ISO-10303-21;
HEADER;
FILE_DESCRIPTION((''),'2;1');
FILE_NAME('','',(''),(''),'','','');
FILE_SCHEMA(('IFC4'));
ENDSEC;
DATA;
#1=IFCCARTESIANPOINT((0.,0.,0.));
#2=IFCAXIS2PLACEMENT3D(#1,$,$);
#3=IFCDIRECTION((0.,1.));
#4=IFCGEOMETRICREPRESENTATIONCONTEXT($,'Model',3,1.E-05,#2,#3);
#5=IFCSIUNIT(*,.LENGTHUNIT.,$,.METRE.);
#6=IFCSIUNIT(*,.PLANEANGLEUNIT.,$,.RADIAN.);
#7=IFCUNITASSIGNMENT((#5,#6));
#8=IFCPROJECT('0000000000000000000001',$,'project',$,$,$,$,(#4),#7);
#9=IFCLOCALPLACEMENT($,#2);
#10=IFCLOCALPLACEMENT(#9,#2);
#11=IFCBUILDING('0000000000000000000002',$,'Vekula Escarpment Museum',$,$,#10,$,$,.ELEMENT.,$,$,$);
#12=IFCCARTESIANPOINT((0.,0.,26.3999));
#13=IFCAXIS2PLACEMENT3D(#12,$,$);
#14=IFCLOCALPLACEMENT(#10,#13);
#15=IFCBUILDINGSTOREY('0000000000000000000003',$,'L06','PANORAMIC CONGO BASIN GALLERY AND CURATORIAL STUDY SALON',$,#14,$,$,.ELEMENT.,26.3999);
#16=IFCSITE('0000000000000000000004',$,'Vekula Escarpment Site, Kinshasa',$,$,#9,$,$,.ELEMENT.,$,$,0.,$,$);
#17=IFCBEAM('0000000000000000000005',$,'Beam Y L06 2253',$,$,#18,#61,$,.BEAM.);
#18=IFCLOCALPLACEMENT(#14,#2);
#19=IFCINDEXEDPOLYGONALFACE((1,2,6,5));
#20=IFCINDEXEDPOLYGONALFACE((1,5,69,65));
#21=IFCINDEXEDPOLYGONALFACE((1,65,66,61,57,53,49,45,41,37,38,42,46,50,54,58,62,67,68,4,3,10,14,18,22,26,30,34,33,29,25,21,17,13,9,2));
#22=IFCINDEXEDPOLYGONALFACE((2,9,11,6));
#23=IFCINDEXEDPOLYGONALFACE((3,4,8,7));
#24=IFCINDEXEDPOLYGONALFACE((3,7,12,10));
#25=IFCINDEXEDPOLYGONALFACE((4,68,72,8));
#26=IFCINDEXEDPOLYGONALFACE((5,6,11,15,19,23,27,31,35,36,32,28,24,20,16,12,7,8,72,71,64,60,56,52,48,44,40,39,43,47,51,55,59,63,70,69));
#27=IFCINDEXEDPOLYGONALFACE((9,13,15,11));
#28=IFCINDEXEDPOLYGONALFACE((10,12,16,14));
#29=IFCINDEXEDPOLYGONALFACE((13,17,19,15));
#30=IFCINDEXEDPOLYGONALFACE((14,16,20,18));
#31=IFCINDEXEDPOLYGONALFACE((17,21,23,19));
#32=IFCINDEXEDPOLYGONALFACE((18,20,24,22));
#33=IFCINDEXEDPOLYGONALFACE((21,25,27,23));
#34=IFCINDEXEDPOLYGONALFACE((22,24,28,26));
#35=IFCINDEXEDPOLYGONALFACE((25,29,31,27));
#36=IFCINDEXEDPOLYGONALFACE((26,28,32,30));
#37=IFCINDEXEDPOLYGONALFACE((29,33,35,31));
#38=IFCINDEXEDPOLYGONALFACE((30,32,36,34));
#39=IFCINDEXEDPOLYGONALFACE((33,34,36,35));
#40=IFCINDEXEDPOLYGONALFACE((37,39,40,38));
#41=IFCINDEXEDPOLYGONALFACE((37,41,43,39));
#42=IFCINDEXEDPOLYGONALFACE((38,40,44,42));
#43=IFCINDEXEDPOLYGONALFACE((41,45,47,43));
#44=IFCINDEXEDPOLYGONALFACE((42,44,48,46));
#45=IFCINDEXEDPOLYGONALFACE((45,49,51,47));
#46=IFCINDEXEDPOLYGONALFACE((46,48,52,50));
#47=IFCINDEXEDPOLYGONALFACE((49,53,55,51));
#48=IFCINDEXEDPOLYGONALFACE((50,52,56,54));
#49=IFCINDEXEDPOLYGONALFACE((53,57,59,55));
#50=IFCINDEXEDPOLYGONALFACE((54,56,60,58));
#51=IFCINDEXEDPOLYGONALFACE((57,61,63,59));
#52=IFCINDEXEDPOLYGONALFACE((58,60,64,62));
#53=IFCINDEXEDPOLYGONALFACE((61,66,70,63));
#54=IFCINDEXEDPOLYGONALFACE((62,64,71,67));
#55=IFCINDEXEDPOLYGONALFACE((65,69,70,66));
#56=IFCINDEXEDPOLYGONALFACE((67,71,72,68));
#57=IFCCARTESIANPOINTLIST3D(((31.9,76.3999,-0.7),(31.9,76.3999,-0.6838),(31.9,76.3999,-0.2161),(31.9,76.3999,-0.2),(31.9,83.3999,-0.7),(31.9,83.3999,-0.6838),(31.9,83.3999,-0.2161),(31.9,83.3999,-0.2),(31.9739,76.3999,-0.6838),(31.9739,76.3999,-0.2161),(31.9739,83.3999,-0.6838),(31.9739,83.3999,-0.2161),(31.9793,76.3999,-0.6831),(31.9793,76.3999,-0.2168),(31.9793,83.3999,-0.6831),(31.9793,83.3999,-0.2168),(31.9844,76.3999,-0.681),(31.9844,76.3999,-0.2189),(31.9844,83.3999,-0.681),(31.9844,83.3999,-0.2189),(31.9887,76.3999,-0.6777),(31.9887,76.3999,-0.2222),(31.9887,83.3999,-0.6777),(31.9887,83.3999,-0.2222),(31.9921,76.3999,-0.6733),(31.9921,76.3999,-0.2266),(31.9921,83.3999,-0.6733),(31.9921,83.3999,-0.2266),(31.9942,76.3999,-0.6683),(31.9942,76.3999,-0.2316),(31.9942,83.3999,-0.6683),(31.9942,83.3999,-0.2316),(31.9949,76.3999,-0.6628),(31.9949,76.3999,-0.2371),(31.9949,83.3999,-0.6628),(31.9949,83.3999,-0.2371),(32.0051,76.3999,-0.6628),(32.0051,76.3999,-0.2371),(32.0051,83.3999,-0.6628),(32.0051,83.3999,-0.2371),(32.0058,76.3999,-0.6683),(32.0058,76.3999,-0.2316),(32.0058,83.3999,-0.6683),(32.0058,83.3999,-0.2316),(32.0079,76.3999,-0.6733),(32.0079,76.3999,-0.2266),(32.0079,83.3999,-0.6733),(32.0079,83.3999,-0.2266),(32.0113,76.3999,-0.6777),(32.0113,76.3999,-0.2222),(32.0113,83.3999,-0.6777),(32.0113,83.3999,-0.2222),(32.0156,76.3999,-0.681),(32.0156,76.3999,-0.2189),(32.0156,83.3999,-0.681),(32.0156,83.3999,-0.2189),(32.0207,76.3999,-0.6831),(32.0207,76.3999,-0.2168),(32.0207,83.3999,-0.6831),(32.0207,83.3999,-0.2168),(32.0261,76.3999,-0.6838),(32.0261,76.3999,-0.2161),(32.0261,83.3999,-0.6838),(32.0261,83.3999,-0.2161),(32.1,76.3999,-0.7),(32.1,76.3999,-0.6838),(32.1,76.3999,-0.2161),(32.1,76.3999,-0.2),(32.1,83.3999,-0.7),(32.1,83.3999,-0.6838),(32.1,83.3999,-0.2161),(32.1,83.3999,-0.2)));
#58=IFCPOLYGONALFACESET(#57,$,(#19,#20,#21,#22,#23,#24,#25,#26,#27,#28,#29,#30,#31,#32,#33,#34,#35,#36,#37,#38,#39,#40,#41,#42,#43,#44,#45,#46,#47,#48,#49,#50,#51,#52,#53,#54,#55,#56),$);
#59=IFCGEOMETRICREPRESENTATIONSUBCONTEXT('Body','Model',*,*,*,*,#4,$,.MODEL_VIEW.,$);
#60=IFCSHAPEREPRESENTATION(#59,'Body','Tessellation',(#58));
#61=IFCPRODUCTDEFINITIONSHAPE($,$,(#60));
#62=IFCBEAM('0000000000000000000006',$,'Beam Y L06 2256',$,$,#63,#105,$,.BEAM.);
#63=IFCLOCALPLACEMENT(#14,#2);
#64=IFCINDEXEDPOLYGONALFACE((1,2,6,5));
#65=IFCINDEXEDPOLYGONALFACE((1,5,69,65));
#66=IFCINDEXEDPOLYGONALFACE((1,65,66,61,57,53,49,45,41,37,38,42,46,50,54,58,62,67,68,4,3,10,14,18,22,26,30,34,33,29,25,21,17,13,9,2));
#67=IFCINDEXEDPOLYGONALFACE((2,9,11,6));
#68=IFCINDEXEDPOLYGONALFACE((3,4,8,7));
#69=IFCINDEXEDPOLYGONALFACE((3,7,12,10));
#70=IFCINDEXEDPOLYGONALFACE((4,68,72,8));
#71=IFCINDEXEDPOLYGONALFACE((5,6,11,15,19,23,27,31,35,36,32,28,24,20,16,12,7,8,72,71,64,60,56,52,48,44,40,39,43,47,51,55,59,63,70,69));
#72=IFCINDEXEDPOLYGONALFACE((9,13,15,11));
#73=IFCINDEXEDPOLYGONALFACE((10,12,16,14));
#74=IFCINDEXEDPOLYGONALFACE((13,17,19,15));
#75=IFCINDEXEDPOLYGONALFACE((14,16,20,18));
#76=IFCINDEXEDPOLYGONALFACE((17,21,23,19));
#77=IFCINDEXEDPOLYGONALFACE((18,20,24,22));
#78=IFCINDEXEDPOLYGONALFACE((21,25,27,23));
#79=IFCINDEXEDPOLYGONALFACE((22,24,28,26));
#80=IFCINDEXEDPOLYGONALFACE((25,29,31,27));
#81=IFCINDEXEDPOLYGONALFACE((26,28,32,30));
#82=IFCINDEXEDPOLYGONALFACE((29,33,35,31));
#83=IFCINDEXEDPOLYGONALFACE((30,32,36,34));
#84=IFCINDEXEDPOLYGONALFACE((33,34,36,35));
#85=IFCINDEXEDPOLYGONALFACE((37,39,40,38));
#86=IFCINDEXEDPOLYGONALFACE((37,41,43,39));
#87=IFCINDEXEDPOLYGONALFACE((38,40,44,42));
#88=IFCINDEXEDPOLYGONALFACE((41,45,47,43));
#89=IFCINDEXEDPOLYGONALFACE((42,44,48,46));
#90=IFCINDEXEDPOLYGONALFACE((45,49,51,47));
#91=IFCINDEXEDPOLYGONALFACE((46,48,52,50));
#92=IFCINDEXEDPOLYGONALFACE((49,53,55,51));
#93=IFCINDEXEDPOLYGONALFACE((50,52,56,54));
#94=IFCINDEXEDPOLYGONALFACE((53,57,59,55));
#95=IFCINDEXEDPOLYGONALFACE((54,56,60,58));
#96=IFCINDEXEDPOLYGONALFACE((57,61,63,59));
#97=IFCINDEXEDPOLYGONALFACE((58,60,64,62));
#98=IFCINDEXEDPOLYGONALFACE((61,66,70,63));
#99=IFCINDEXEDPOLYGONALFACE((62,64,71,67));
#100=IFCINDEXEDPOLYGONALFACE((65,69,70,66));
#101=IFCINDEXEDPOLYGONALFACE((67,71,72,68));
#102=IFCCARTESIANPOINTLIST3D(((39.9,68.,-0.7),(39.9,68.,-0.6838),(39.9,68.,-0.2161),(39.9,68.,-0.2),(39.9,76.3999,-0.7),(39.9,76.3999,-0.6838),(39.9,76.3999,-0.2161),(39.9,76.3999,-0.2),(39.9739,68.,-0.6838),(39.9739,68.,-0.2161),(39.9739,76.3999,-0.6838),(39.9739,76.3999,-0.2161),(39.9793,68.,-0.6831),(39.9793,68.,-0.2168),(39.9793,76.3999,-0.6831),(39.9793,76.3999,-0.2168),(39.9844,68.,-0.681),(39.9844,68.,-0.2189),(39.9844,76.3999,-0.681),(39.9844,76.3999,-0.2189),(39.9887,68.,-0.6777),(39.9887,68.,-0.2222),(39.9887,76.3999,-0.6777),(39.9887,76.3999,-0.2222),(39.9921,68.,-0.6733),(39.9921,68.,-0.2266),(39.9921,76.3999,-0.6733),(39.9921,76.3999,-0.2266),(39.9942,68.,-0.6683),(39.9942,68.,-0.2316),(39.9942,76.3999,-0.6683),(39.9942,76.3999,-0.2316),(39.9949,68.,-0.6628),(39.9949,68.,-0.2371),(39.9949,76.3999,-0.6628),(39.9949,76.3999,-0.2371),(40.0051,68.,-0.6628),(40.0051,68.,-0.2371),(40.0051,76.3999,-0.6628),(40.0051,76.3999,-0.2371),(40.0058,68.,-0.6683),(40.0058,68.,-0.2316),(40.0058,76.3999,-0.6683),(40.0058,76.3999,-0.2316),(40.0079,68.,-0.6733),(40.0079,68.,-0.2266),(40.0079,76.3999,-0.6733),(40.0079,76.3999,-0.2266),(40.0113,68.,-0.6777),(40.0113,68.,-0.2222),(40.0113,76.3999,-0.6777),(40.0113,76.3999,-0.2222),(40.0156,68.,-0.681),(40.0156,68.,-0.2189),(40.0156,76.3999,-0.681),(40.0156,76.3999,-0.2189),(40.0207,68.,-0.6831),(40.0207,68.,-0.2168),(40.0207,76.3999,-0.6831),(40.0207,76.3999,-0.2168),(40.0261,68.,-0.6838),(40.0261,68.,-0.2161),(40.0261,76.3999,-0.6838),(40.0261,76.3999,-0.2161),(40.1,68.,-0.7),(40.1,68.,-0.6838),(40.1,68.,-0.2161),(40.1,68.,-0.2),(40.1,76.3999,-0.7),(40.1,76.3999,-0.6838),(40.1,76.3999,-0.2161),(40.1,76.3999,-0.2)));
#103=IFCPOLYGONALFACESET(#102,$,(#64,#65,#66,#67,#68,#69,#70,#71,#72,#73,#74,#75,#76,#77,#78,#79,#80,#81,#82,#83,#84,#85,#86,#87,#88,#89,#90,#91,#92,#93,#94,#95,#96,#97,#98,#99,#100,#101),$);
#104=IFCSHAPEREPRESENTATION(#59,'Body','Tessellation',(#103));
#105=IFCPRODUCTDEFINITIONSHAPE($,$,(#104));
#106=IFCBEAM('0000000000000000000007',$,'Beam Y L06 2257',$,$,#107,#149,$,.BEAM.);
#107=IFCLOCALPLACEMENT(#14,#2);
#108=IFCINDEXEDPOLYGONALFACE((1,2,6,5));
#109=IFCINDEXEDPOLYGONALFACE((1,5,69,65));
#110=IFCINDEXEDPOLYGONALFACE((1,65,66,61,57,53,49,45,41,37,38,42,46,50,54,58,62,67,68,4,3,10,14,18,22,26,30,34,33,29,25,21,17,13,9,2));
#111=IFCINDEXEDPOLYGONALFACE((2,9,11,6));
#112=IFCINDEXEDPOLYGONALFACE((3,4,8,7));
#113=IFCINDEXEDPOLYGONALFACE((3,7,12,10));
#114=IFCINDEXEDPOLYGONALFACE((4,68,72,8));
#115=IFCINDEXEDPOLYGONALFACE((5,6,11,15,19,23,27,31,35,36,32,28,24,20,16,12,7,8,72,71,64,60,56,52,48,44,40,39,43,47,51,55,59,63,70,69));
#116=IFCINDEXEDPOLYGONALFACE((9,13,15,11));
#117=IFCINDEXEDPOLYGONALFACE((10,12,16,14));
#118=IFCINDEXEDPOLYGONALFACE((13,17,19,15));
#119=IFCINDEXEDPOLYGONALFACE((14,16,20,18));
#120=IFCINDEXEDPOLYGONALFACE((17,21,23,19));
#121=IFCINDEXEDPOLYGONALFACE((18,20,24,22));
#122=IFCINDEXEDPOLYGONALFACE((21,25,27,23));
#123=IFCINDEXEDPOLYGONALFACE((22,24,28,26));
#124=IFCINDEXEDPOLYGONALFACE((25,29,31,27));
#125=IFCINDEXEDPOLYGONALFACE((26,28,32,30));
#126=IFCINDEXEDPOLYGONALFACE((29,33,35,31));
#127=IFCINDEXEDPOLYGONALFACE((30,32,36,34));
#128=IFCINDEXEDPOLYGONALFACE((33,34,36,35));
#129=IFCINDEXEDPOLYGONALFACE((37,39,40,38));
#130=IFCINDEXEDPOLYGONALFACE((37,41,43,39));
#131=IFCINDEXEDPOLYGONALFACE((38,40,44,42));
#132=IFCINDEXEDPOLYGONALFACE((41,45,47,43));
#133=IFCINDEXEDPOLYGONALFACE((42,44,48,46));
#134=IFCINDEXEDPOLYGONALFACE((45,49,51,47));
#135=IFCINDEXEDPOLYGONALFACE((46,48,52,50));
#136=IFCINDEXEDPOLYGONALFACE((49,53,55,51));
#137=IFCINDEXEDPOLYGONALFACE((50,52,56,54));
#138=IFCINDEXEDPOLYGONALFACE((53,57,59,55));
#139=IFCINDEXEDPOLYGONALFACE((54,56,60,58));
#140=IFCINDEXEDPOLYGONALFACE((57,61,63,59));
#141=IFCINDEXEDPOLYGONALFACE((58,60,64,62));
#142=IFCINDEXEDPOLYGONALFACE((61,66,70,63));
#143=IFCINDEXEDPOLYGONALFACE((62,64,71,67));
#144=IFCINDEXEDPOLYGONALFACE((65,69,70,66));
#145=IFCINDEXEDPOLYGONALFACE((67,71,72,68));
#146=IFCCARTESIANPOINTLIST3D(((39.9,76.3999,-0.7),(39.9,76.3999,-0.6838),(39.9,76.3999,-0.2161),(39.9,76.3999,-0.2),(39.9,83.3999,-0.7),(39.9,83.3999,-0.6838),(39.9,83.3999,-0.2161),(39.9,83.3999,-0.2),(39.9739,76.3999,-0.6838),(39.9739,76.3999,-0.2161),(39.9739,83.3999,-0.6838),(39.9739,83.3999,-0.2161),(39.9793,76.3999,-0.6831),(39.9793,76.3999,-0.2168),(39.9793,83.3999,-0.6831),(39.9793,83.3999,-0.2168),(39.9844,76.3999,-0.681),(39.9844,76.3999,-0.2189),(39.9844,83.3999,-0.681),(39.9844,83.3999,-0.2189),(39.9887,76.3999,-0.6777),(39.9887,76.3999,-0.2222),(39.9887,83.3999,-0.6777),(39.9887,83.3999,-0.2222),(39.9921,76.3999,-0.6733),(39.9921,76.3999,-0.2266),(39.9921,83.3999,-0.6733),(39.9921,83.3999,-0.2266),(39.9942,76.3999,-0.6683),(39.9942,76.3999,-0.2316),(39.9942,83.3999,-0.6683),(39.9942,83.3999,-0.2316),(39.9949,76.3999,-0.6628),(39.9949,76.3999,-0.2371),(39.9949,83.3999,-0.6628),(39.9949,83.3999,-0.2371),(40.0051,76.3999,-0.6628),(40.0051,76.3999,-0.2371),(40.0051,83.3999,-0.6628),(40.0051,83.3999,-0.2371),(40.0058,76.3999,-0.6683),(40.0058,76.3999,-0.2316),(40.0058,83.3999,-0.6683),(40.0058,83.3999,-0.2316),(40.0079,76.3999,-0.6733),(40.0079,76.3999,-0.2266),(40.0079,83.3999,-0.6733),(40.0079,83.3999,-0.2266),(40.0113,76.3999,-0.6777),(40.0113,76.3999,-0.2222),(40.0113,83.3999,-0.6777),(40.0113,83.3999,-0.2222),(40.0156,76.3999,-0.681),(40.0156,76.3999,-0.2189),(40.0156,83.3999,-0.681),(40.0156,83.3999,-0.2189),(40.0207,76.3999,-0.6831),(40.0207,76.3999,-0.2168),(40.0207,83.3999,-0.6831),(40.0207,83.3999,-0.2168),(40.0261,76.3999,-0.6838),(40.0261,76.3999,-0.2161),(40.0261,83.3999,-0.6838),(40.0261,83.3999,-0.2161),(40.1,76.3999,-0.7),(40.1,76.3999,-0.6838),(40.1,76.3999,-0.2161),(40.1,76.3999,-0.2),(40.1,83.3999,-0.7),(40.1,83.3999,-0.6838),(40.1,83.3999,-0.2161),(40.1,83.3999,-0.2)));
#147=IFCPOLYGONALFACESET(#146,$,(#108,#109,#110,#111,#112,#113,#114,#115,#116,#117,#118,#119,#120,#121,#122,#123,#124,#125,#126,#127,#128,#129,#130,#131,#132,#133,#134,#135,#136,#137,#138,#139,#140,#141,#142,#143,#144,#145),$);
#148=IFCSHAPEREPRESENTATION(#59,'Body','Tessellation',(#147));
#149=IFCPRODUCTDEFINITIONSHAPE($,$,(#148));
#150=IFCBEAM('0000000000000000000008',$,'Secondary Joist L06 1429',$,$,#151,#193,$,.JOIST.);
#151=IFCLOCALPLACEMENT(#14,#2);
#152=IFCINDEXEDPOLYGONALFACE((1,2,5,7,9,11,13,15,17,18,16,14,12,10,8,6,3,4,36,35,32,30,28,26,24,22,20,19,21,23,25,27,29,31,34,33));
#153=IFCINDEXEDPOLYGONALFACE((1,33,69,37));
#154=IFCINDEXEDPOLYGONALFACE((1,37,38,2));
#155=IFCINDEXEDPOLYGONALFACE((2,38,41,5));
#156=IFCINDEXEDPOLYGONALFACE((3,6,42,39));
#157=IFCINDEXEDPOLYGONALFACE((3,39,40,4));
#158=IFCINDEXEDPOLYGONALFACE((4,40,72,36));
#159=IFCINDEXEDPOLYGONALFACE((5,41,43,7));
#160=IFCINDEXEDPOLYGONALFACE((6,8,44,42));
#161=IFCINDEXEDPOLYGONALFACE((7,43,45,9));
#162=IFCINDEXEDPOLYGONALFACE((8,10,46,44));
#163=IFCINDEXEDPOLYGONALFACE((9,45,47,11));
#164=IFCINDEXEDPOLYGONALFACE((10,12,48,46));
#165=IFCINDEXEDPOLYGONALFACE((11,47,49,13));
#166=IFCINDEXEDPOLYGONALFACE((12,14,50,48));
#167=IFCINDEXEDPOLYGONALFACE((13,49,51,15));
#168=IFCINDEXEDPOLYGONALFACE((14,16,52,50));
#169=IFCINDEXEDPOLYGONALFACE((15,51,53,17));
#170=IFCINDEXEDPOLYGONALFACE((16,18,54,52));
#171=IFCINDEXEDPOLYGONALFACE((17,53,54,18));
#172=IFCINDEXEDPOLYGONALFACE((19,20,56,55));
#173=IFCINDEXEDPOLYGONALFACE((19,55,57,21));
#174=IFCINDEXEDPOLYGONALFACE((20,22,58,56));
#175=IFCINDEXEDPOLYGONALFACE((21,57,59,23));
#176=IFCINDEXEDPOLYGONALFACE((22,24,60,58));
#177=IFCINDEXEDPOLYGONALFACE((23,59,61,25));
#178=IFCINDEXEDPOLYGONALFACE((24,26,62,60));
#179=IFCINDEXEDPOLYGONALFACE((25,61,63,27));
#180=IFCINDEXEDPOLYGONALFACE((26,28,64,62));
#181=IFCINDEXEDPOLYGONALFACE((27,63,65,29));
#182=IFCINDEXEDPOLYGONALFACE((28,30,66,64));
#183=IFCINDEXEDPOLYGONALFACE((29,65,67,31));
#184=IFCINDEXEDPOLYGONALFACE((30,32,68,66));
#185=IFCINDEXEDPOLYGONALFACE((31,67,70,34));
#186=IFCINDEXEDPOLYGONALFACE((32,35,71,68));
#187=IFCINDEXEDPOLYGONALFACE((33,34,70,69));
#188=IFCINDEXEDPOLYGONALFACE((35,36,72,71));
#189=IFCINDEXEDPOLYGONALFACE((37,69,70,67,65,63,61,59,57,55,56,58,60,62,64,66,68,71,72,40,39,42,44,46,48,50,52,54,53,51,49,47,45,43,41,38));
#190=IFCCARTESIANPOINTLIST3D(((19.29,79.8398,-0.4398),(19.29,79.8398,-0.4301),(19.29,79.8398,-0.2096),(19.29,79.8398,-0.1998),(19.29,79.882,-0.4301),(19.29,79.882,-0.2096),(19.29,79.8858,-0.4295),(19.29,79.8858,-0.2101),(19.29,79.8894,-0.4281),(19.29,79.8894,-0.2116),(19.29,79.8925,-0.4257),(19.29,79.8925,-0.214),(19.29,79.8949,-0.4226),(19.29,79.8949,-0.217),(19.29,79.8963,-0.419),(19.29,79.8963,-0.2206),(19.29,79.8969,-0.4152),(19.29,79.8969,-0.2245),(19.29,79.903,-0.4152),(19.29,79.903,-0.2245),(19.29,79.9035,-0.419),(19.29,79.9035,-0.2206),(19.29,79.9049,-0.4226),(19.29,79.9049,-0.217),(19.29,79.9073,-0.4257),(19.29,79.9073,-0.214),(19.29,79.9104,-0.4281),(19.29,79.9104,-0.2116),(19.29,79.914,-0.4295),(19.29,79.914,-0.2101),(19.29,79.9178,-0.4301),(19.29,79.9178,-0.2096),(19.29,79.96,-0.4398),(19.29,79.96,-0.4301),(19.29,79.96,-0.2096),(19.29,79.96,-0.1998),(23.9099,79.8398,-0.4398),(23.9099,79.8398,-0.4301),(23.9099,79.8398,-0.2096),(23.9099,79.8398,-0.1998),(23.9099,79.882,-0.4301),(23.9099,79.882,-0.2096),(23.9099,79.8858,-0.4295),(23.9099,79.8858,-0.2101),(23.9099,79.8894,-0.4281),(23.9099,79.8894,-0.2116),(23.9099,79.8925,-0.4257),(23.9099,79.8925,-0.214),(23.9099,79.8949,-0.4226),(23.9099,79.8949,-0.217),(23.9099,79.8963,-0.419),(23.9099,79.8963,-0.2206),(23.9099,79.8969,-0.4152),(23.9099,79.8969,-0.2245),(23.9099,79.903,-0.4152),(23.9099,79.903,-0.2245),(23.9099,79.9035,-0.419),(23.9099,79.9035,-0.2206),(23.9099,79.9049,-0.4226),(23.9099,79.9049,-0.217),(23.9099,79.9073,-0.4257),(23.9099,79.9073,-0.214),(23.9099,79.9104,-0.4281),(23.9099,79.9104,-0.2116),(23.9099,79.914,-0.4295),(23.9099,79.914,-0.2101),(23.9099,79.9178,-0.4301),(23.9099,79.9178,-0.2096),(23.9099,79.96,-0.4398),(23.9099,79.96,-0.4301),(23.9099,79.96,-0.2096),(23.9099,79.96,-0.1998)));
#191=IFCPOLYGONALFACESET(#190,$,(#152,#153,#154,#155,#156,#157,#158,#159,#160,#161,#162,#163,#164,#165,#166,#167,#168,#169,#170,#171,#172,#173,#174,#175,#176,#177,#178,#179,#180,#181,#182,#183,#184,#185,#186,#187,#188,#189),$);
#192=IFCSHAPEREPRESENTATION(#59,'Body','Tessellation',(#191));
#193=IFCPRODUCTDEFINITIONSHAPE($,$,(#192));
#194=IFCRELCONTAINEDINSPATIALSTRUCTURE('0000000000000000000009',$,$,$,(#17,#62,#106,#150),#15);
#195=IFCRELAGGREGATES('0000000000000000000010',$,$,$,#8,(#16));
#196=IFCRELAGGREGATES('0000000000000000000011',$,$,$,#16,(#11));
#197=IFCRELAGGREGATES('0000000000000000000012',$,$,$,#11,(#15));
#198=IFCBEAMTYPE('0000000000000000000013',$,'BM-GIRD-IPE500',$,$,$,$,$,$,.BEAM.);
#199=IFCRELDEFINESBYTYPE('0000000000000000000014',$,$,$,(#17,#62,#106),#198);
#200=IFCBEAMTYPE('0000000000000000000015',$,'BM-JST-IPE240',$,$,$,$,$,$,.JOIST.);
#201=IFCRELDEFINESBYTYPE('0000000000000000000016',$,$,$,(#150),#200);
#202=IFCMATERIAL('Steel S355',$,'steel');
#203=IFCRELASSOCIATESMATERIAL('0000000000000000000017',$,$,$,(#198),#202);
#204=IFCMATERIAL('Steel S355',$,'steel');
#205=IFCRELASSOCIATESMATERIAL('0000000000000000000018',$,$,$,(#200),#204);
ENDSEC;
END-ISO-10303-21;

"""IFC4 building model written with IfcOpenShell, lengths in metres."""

from ifc_helpers import new_model, si_unit, direction, frame, origin, origin_2d, place, context, subcontext, project, spatial, i_section, extrude, material, material_profile, profile_set, type_object, element, save


model = new_model("IFC4")

# Units and contexts
model_context = context("Model", 3, precision=1e-05, world=origin(), true_north=direction((0.0, 1.0)))
body_context = subcontext(model_context, "Body", "Model", "MODEL_VIEW")
ifc_project = project(units=[si_unit("LENGTHUNIT", "METRE"), si_unit("PLANEANGLEUNIT", "RADIAN")], contexts=[model_context])

# Site, building, storey
site_placement = place(None, origin())
site = spatial("IfcSite", under=ifc_project, at=site_placement, Name="Vekula Escarpment Site, Kinshasa", CompositionType="ELEMENT", RefElevation=0.0)
building_placement = place(site_placement, origin())
building = spatial("IfcBuilding", under=site, at=building_placement, Name="Vekula Escarpment Museum", CompositionType="ELEMENT")
storey_placement = place(building_placement, frame((0.0, 0.0, 26.3999)))
storey = spatial("IfcBuildingStorey", under=building, at=storey_placement, Name="L06", Description="PANORAMIC CONGO BASIN GALLERY AND CURATORIAL STUDY SALON", CompositionType="ELEMENT", Elevation=26.3999)

# Beams
ifc_material_1 = material(Name="Steel S355", Category="steel")
ifc_material_profile_1 = material_profile(ifc_material_1, i_section(OverallWidth=0.2, OverallDepth=0.5, WebThickness=0.0103, FlangeThickness=0.0161, FilletRadius=0.021, at=origin_2d()), Name="IPE 500")
ifc_profile_set_1 = profile_set([ifc_material_profile_1], Name="Steel S355")
beam_type_1 = type_object("IfcBeamType", Name="BM-GIRD-IPE500", PredefinedType="BEAM", material=ifc_profile_set_1)
beam_1_placement = place(storey_placement, frame((32.0, 76.3999, -0.45), z_axis=(0.0, 1.0, 0.0), x_axis=(-1.0, 0.0, 0.0)))
element("IfcBeam", 1, at=beam_1_placement, inside=storey, type_object=beam_type_1, Name="Beam Y L06 2253", PredefinedType="BEAM", context=body_context, shape_type="SweptSolid", body=[
    extrude(i_section(OverallWidth=0.2, OverallDepth=0.5, WebThickness=0.0103, FlangeThickness=0.0161, FilletRadius=0.021, at=origin_2d()), origin(), (0.0, 0.0, 1.0), 7.0),
])
beam_2_placement = place(storey_placement, frame((40.0, 68.0, -0.45), z_axis=(0.0, 1.0, 0.0), x_axis=(-1.0, 0.0, 0.0)))
element("IfcBeam", 2, at=beam_2_placement, inside=storey, type_object=beam_type_1, Name="Beam Y L06 2256", PredefinedType="BEAM", context=body_context, shape_type="SweptSolid", body=[
    extrude(i_section(OverallWidth=0.2, OverallDepth=0.5, WebThickness=0.0103, FlangeThickness=0.0161, FilletRadius=0.021, at=origin_2d()), origin(), (0.0, 0.0, 1.0), 8.3999),
])
beam_3_placement = place(storey_placement, frame((40.0, 76.3999, -0.45), z_axis=(0.0, 1.0, 0.0), x_axis=(-1.0, 0.0, 0.0)))
element("IfcBeam", 3, at=beam_3_placement, inside=storey, type_object=beam_type_1, Name="Beam Y L06 2257", PredefinedType="BEAM", context=body_context, shape_type="SweptSolid", body=[
    extrude(i_section(OverallWidth=0.2, OverallDepth=0.5, WebThickness=0.0103, FlangeThickness=0.0161, FilletRadius=0.021, at=origin_2d()), origin(), (0.0, 0.0, 1.0), 7.0),
])
ifc_material_2 = material(Name="Steel S355", Category="steel")
ifc_material_profile_2 = material_profile(ifc_material_2, i_section(OverallWidth=0.1201, OverallDepth=0.24, WebThickness=0.0061, FlangeThickness=0.0098, FilletRadius=0.0149, at=origin_2d()), Name="IPE 240")
ifc_profile_set_2 = profile_set([ifc_material_profile_2], Name="Steel S355")
beam_type_2 = type_object("IfcBeamType", Name="BM-JST-IPE240", PredefinedType="JOIST", material=ifc_profile_set_2)
beam_4_placement = place(storey_placement, frame((19.29, 79.8999, -0.3198), z_axis=(1.0, 0.0, 0.0), x_axis=(0.0, 1.0, 0.0)))
element("IfcBeam", 4, at=beam_4_placement, inside=storey, type_object=beam_type_2, Name="Secondary Joist L06 1429", PredefinedType="JOIST", context=body_context, shape_type="SweptSolid", body=[
    extrude(i_section(OverallWidth=0.1201, OverallDepth=0.24, WebThickness=0.0061, FlangeThickness=0.0098, FilletRadius=0.0149, at=origin_2d()), origin(), (0.0, 0.0, 1.0), 4.6199),
])

save(model, "model.ifc")
